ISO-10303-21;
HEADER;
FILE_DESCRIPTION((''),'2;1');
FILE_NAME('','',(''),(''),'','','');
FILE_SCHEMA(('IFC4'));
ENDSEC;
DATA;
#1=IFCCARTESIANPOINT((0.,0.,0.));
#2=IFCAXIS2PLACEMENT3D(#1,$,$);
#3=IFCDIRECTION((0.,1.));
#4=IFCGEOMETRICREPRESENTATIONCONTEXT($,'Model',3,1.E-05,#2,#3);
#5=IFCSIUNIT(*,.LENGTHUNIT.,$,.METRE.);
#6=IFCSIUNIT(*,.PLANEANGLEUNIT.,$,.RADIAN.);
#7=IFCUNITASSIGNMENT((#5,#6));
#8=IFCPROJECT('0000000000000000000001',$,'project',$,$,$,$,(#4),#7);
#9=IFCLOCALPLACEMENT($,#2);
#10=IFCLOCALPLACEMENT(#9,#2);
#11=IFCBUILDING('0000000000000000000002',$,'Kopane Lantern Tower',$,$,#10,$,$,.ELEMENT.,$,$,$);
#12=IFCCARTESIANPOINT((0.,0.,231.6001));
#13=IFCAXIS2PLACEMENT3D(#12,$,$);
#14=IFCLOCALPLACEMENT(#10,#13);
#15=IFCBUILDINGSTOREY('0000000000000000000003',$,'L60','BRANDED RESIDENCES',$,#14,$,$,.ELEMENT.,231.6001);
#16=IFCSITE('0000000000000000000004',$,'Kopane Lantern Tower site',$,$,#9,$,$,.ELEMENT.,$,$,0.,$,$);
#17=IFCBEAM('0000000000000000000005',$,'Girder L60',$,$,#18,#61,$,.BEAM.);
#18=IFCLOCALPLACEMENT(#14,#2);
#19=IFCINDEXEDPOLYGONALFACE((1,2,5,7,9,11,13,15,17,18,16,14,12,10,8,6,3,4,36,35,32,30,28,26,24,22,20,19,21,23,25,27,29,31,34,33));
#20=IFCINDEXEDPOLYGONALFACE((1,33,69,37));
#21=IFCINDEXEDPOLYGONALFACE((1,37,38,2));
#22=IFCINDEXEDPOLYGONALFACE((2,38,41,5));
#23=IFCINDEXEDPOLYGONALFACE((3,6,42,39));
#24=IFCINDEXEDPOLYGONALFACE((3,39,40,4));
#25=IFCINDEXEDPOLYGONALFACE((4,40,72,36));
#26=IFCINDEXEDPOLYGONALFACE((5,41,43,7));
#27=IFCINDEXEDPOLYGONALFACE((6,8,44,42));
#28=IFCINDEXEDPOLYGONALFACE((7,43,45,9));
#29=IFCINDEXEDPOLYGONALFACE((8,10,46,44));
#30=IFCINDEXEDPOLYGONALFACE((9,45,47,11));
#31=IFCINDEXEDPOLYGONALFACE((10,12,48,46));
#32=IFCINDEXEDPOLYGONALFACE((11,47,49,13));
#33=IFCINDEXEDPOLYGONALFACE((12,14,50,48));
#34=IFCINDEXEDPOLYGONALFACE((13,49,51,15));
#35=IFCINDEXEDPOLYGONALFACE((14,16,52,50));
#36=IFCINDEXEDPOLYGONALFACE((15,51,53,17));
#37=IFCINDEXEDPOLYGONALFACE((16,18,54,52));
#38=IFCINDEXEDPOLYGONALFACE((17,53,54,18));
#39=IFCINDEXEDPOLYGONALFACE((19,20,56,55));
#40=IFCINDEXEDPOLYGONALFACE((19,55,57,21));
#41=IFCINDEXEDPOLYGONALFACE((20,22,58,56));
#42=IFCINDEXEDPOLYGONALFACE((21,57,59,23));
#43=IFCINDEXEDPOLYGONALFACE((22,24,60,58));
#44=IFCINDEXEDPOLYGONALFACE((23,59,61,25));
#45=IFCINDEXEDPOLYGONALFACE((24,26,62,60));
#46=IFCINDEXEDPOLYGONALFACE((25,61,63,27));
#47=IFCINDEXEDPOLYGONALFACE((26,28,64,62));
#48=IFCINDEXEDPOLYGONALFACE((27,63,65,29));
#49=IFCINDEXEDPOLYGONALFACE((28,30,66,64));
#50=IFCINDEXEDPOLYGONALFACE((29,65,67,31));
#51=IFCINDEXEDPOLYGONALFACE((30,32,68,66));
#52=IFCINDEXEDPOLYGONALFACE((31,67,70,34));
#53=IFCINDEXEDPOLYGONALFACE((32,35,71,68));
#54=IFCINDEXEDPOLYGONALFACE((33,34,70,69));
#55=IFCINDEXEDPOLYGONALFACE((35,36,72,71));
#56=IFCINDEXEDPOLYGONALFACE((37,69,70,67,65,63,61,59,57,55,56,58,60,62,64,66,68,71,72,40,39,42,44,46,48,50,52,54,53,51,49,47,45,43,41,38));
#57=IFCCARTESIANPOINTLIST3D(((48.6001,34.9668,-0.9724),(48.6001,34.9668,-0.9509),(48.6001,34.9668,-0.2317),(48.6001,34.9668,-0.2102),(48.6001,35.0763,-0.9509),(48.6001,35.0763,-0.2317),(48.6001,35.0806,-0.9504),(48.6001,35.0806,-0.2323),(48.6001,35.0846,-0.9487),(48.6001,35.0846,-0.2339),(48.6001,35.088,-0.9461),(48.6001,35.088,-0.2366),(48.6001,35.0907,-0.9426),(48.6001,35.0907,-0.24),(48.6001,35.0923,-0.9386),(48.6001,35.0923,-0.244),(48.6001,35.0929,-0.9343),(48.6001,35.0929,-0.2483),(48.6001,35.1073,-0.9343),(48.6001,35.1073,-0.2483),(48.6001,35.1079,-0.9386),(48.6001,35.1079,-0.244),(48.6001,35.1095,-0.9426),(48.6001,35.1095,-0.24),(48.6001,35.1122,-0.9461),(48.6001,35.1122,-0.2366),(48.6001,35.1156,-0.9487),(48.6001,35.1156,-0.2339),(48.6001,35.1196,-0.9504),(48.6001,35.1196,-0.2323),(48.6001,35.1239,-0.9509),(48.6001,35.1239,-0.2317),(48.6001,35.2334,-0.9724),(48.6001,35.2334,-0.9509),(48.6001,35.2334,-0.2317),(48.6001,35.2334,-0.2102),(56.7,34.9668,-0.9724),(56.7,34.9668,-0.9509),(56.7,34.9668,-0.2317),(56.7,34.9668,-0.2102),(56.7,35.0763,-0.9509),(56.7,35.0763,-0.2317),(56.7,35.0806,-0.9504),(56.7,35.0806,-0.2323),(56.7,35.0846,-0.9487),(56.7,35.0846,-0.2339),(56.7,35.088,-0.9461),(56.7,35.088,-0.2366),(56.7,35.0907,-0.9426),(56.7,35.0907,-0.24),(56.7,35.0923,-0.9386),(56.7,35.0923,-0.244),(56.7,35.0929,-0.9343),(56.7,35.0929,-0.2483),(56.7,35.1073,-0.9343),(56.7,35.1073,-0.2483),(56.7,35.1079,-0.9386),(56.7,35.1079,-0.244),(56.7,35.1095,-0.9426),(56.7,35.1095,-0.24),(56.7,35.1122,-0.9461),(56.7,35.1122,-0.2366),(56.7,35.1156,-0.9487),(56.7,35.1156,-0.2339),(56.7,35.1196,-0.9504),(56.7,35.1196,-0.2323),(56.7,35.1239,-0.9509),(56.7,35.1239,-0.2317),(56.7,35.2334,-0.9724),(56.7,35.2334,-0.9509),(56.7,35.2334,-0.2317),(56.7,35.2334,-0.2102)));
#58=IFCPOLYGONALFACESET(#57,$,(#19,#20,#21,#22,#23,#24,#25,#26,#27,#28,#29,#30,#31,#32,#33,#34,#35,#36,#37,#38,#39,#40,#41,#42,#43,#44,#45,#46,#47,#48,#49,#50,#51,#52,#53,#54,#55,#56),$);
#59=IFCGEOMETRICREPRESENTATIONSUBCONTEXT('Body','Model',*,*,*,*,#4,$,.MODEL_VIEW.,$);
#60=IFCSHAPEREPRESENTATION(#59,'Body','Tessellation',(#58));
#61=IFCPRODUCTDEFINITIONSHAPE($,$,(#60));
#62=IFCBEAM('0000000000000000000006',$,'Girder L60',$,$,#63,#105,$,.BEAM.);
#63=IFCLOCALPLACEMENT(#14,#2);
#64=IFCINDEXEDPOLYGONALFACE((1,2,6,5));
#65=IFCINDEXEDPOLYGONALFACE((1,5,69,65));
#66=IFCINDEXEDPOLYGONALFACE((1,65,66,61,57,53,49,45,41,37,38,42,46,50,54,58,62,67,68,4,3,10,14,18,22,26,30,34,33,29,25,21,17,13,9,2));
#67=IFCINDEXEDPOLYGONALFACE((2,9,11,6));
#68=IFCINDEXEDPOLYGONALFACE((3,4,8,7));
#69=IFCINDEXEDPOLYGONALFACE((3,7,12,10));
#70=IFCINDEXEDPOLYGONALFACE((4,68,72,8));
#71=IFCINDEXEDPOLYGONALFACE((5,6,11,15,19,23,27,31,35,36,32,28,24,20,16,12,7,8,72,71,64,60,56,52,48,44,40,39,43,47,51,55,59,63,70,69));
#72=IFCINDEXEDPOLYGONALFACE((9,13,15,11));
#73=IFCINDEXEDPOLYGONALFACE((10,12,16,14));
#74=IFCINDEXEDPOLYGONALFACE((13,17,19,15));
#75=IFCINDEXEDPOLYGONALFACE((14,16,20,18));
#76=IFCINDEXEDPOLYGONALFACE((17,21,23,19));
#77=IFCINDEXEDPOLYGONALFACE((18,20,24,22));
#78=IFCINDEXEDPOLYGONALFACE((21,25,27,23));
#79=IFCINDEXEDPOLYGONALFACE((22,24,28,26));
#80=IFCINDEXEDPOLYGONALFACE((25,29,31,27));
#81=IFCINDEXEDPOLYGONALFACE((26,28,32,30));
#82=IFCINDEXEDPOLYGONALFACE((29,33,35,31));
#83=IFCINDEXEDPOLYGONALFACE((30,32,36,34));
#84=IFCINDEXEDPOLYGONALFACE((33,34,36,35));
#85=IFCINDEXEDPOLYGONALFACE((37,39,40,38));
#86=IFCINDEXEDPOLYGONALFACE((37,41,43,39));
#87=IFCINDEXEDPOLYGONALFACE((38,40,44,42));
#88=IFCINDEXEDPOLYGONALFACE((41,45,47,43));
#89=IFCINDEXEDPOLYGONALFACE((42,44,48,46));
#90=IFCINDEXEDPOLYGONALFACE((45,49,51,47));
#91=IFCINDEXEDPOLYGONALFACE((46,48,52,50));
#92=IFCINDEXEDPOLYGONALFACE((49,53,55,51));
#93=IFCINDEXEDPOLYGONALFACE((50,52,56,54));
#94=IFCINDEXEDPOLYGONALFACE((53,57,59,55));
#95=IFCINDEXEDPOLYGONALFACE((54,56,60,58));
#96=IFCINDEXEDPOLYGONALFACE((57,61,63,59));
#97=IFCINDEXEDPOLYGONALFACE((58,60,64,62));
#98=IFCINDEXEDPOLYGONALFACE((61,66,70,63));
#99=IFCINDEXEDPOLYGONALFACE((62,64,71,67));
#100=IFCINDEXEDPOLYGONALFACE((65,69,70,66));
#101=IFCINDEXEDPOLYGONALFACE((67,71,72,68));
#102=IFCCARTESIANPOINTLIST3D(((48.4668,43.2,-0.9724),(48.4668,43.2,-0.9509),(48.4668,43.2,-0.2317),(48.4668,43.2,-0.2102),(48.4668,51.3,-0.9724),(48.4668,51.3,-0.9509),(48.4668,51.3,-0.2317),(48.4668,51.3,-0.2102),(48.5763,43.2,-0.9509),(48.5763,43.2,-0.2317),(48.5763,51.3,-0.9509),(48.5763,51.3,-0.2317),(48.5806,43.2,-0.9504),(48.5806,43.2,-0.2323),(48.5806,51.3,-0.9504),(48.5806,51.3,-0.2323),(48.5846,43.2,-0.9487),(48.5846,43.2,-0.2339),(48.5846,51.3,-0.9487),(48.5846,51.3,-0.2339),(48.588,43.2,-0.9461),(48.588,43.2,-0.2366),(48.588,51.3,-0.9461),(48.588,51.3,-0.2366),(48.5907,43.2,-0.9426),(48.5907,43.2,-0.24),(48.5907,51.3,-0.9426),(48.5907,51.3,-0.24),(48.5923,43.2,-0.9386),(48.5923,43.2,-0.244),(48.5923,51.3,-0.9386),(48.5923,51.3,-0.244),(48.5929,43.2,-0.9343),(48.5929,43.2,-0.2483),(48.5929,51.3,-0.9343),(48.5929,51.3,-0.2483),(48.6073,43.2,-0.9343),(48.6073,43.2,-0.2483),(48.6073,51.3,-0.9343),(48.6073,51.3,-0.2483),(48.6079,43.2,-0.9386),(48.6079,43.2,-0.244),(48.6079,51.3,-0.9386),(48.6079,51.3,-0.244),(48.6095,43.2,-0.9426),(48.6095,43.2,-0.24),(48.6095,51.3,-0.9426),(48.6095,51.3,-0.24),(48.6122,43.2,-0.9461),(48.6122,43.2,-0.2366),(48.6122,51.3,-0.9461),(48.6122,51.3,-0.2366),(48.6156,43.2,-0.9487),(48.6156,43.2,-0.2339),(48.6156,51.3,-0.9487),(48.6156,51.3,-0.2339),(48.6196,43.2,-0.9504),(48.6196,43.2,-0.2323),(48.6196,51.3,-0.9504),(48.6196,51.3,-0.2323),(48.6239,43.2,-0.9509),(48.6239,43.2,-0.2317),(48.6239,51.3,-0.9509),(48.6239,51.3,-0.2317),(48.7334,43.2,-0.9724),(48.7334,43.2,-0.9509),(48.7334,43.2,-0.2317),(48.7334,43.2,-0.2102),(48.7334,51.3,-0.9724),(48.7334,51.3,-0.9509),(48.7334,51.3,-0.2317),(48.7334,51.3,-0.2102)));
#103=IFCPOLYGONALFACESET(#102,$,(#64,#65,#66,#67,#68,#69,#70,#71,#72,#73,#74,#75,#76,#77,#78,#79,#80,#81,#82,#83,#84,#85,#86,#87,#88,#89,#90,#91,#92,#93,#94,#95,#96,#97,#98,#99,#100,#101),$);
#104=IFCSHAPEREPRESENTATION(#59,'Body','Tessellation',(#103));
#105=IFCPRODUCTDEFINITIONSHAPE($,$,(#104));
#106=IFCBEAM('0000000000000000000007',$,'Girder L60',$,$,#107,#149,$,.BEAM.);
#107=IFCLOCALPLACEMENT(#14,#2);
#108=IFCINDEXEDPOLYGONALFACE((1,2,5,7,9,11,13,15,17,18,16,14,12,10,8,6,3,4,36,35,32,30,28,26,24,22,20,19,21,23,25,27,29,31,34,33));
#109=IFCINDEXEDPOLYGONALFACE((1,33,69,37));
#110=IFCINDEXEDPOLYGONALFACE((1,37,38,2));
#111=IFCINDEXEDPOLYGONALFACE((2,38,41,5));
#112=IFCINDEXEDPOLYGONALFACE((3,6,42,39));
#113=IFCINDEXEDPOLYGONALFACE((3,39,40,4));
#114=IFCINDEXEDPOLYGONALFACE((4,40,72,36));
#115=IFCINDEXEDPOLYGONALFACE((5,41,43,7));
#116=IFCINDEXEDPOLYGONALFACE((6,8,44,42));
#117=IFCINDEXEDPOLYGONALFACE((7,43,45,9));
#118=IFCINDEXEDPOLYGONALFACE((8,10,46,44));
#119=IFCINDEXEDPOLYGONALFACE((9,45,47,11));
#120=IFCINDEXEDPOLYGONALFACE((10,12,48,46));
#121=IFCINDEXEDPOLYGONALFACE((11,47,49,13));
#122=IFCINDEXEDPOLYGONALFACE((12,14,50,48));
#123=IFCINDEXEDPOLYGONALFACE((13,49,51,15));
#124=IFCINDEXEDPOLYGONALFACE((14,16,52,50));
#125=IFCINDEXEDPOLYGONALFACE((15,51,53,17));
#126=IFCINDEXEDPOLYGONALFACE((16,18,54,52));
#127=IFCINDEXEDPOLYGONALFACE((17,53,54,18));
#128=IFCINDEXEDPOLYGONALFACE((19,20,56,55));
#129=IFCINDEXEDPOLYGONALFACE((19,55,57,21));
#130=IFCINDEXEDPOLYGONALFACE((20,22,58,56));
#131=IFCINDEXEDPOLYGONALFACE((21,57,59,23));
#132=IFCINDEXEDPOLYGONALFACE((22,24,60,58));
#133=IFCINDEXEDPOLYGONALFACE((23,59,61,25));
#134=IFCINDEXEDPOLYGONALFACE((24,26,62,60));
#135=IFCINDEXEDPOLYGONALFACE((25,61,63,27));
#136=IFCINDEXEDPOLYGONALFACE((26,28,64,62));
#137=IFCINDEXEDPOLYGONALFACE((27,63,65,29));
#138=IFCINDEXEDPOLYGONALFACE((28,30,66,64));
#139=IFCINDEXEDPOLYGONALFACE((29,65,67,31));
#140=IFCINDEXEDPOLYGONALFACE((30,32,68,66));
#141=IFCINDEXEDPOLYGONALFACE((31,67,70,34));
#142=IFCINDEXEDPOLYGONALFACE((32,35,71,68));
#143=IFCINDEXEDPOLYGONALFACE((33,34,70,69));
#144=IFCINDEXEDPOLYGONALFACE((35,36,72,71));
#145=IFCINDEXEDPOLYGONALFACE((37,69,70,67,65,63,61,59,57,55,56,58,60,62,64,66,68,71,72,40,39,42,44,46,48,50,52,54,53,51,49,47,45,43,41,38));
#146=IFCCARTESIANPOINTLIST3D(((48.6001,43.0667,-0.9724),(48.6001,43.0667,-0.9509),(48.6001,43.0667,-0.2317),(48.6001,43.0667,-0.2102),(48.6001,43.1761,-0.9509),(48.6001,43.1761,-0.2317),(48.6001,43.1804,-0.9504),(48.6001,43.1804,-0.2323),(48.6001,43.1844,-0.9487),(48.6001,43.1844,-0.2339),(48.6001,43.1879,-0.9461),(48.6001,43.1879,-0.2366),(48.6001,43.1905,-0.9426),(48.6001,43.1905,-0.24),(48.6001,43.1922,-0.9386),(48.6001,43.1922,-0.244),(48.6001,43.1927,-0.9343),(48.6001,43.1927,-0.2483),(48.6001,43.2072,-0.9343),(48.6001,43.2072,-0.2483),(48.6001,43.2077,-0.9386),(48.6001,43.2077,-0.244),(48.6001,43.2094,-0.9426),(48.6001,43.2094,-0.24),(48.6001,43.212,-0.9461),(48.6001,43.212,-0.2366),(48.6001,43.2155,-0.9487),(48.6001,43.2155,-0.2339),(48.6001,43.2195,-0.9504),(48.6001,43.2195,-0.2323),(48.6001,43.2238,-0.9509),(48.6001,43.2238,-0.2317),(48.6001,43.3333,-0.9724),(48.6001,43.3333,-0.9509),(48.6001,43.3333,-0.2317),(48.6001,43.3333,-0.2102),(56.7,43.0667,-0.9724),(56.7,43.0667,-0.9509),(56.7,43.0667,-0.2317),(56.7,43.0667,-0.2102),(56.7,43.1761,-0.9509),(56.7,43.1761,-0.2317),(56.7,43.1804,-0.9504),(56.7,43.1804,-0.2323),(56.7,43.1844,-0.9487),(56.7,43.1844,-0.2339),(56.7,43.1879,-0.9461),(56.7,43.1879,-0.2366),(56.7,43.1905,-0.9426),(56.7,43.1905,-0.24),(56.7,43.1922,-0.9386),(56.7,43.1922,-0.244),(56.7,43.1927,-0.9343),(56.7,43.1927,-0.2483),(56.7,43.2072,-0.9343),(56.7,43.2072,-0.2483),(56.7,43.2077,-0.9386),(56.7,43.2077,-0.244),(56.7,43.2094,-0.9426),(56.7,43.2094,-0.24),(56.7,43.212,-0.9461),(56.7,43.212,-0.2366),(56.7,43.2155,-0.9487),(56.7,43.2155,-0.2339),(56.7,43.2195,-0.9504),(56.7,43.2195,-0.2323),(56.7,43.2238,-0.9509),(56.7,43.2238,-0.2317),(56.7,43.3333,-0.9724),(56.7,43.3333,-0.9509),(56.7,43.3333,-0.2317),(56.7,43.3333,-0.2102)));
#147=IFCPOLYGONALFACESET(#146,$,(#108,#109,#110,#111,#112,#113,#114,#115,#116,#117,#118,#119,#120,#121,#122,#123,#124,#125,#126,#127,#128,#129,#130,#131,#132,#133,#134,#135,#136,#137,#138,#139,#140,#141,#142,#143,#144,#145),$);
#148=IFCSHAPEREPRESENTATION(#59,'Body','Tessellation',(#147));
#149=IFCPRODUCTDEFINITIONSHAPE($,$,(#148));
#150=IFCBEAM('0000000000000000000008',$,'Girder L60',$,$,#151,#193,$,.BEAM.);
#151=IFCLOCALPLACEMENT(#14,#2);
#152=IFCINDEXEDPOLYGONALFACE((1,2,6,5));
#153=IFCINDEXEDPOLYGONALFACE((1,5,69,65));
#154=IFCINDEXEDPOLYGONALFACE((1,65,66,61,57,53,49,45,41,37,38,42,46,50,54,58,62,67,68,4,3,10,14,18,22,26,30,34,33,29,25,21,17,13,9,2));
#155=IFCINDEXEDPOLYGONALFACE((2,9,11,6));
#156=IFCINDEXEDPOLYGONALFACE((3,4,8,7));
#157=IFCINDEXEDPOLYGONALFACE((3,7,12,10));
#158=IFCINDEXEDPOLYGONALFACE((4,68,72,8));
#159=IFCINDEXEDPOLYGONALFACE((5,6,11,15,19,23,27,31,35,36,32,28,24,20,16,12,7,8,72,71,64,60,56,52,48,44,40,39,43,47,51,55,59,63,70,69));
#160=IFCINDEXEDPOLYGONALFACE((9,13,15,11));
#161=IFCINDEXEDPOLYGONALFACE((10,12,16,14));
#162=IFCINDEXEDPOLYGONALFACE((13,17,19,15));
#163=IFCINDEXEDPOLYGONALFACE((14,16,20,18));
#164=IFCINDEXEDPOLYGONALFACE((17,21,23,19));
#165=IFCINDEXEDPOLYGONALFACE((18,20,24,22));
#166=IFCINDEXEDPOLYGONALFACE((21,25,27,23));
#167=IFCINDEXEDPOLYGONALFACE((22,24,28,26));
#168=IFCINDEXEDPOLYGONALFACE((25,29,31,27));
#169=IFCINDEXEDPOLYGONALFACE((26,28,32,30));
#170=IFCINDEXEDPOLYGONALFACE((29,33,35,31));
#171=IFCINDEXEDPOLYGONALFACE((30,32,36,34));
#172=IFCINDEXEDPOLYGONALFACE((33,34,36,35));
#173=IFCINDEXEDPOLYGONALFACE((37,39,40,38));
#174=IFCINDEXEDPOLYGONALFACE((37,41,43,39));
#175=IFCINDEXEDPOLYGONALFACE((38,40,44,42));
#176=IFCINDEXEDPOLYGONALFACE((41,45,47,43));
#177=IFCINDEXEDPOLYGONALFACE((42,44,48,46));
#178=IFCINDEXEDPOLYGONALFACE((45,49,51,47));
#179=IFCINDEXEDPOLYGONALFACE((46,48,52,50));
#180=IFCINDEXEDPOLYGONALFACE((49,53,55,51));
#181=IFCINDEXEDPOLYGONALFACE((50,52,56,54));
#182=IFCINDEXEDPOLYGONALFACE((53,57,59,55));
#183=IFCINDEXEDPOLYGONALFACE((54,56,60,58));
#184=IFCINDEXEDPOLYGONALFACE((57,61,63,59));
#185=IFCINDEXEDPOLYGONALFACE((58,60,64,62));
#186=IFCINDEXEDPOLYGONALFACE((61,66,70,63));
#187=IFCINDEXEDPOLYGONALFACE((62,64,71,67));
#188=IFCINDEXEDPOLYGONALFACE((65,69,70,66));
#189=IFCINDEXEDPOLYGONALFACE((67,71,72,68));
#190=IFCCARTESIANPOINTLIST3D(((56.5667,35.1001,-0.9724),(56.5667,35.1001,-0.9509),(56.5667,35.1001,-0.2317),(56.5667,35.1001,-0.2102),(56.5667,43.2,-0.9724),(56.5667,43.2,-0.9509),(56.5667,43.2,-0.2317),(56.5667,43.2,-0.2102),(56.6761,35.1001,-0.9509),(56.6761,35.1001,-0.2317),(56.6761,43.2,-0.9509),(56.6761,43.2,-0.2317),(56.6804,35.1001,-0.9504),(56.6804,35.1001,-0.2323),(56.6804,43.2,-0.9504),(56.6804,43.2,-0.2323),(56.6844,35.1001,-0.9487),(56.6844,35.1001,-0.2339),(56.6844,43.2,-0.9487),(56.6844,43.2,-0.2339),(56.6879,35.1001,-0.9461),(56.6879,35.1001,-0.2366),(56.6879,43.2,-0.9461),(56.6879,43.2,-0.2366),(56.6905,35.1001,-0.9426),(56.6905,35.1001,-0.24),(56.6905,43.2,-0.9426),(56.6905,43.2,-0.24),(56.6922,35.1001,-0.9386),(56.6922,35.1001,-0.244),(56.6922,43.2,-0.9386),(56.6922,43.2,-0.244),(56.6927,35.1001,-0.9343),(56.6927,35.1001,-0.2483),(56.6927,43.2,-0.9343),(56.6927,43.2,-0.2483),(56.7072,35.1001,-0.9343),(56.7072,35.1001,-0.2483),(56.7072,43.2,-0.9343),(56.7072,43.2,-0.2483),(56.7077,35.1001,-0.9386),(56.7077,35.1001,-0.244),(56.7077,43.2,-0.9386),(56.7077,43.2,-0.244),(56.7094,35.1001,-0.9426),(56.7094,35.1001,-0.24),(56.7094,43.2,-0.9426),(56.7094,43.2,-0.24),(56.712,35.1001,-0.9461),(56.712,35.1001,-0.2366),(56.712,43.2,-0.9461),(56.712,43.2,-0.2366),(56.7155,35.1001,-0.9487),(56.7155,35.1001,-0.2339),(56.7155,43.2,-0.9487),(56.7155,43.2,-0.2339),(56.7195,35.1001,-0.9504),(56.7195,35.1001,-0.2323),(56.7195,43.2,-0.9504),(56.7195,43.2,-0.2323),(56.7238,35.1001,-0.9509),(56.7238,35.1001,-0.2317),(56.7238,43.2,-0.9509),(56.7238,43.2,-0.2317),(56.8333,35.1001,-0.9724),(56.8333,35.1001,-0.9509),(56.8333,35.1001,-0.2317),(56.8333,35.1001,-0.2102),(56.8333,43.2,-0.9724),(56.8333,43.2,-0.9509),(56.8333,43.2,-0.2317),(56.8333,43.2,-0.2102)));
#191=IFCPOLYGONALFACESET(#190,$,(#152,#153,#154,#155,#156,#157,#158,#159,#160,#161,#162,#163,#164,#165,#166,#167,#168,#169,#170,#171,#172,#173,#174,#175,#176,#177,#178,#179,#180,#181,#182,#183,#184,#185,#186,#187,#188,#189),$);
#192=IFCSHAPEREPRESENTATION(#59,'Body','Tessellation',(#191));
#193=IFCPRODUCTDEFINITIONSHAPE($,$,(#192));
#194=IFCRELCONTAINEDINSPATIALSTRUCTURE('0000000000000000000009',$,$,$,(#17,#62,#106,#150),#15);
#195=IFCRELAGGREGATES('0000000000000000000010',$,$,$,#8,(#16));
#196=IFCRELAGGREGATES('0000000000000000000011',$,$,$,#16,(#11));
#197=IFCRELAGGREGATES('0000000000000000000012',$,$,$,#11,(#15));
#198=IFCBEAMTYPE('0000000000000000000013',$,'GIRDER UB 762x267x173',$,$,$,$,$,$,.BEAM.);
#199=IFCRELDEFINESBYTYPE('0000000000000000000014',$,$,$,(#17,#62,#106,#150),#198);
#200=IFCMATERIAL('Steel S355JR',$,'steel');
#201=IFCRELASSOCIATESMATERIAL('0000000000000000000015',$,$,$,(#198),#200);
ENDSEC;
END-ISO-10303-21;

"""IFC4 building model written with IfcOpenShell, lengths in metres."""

from ifc_helpers import new_model, si_unit, direction, frame, origin, origin_2d, place, context, subcontext, project, spatial, i_section, extrude, material, material_profile, profile_set, type_object, element, save


model = new_model("IFC4")

# Units and contexts
model_context = context("Model", 3, precision=1e-05, world=origin(), true_north=direction((0.0, 1.0)))
body_context = subcontext(model_context, "Body", "Model", "MODEL_VIEW")
ifc_project = project(units=[si_unit("LENGTHUNIT", "METRE"), si_unit("PLANEANGLEUNIT", "RADIAN")], contexts=[model_context])

# Site, building, storey
site_placement = place(None, origin())
site = spatial("IfcSite", under=ifc_project, at=site_placement, Name="Kopane Lantern Tower site", CompositionType="ELEMENT", RefElevation=0.0)
building_placement = place(site_placement, origin())
building = spatial("IfcBuilding", under=site, at=building_placement, Name="Kopane Lantern Tower", CompositionType="ELEMENT")
storey_placement = place(building_placement, frame((0.0, 0.0, 231.6001)))
storey = spatial("IfcBuildingStorey", under=building, at=storey_placement, Name="L60", Description="BRANDED RESIDENCES", CompositionType="ELEMENT", Elevation=231.6001)

# Beams
ifc_material_1 = material(Name="Steel S355JR", Category="steel")
ifc_material_profile_1 = material_profile(ifc_material_1, i_section(OverallWidth=0.2666, OverallDepth=0.7622, WebThickness=0.0144, FlangeThickness=0.0215, FilletRadius=0.0166, at=origin_2d()), Name="UB 762x267x173")
ifc_profile_set_1 = profile_set([ifc_material_profile_1], Name="Steel S355JR")
beam_type = type_object("IfcBeamType", Name="GIRDER UB 762x267x173", PredefinedType="BEAM", material=ifc_profile_set_1)
for number, where, z_axis, x_axis, name in (
    (1, (48.6001, 35.1001, -0.5913), (1.0, 0.0, 0.0), (0.0, 1.0, 0.0), "Girder L60"),
):
    element("IfcBeam", number, at=place(storey_placement, frame(where, z_axis=z_axis, x_axis=x_axis)), inside=storey, type_object=beam_type, Name=name, PredefinedType="BEAM", context=body_context, shape_type="SweptSolid", body=[
        extrude(i_section(OverallWidth=0.2666, OverallDepth=0.7622, WebThickness=0.0144, FlangeThickness=0.0215, FilletRadius=0.0166, at=origin_2d()), origin(), (0.0, 0.0, 1.0), 8.0999),
    ])
beam_1_placement = place(storey_placement, frame((48.6001, 43.2, -0.5913), z_axis=(0.0, 1.0, 0.0), x_axis=(-1.0, 0.0, 0.0)))
element("IfcBeam", 2, at=beam_1_placement, inside=storey, type_object=beam_type, Name="Girder L60", PredefinedType="BEAM", context=body_context, shape_type="SweptSolid", body=[
    extrude(i_section(OverallWidth=0.2666, OverallDepth=0.7622, WebThickness=0.0144, FlangeThickness=0.0215, FilletRadius=0.0166, at=origin_2d()), origin(), (0.0, 0.0, 1.0), 8.1001),
])
for number, where, z_axis, x_axis, name in (
    (3, (48.6001, 43.2, -0.5913), (1.0, 0.0, 0.0), (0.0, 1.0, 0.0), "Girder L60"),
    (4, (56.7, 35.1001, -0.5913), (0.0, 1.0, 0.0), (-1.0, 0.0, 0.0), "Girder L60"),
):
    element("IfcBeam", number, at=place(storey_placement, frame(where, z_axis=z_axis, x_axis=x_axis)), inside=storey, type_object=beam_type, Name=name, PredefinedType="BEAM", context=body_context, shape_type="SweptSolid", body=[
        extrude(i_section(OverallWidth=0.2666, OverallDepth=0.7622, WebThickness=0.0144, FlangeThickness=0.0215, FilletRadius=0.0166, at=origin_2d()), origin(), (0.0, 0.0, 1.0), 8.0999),
    ])

save(model, "model.ifc")
